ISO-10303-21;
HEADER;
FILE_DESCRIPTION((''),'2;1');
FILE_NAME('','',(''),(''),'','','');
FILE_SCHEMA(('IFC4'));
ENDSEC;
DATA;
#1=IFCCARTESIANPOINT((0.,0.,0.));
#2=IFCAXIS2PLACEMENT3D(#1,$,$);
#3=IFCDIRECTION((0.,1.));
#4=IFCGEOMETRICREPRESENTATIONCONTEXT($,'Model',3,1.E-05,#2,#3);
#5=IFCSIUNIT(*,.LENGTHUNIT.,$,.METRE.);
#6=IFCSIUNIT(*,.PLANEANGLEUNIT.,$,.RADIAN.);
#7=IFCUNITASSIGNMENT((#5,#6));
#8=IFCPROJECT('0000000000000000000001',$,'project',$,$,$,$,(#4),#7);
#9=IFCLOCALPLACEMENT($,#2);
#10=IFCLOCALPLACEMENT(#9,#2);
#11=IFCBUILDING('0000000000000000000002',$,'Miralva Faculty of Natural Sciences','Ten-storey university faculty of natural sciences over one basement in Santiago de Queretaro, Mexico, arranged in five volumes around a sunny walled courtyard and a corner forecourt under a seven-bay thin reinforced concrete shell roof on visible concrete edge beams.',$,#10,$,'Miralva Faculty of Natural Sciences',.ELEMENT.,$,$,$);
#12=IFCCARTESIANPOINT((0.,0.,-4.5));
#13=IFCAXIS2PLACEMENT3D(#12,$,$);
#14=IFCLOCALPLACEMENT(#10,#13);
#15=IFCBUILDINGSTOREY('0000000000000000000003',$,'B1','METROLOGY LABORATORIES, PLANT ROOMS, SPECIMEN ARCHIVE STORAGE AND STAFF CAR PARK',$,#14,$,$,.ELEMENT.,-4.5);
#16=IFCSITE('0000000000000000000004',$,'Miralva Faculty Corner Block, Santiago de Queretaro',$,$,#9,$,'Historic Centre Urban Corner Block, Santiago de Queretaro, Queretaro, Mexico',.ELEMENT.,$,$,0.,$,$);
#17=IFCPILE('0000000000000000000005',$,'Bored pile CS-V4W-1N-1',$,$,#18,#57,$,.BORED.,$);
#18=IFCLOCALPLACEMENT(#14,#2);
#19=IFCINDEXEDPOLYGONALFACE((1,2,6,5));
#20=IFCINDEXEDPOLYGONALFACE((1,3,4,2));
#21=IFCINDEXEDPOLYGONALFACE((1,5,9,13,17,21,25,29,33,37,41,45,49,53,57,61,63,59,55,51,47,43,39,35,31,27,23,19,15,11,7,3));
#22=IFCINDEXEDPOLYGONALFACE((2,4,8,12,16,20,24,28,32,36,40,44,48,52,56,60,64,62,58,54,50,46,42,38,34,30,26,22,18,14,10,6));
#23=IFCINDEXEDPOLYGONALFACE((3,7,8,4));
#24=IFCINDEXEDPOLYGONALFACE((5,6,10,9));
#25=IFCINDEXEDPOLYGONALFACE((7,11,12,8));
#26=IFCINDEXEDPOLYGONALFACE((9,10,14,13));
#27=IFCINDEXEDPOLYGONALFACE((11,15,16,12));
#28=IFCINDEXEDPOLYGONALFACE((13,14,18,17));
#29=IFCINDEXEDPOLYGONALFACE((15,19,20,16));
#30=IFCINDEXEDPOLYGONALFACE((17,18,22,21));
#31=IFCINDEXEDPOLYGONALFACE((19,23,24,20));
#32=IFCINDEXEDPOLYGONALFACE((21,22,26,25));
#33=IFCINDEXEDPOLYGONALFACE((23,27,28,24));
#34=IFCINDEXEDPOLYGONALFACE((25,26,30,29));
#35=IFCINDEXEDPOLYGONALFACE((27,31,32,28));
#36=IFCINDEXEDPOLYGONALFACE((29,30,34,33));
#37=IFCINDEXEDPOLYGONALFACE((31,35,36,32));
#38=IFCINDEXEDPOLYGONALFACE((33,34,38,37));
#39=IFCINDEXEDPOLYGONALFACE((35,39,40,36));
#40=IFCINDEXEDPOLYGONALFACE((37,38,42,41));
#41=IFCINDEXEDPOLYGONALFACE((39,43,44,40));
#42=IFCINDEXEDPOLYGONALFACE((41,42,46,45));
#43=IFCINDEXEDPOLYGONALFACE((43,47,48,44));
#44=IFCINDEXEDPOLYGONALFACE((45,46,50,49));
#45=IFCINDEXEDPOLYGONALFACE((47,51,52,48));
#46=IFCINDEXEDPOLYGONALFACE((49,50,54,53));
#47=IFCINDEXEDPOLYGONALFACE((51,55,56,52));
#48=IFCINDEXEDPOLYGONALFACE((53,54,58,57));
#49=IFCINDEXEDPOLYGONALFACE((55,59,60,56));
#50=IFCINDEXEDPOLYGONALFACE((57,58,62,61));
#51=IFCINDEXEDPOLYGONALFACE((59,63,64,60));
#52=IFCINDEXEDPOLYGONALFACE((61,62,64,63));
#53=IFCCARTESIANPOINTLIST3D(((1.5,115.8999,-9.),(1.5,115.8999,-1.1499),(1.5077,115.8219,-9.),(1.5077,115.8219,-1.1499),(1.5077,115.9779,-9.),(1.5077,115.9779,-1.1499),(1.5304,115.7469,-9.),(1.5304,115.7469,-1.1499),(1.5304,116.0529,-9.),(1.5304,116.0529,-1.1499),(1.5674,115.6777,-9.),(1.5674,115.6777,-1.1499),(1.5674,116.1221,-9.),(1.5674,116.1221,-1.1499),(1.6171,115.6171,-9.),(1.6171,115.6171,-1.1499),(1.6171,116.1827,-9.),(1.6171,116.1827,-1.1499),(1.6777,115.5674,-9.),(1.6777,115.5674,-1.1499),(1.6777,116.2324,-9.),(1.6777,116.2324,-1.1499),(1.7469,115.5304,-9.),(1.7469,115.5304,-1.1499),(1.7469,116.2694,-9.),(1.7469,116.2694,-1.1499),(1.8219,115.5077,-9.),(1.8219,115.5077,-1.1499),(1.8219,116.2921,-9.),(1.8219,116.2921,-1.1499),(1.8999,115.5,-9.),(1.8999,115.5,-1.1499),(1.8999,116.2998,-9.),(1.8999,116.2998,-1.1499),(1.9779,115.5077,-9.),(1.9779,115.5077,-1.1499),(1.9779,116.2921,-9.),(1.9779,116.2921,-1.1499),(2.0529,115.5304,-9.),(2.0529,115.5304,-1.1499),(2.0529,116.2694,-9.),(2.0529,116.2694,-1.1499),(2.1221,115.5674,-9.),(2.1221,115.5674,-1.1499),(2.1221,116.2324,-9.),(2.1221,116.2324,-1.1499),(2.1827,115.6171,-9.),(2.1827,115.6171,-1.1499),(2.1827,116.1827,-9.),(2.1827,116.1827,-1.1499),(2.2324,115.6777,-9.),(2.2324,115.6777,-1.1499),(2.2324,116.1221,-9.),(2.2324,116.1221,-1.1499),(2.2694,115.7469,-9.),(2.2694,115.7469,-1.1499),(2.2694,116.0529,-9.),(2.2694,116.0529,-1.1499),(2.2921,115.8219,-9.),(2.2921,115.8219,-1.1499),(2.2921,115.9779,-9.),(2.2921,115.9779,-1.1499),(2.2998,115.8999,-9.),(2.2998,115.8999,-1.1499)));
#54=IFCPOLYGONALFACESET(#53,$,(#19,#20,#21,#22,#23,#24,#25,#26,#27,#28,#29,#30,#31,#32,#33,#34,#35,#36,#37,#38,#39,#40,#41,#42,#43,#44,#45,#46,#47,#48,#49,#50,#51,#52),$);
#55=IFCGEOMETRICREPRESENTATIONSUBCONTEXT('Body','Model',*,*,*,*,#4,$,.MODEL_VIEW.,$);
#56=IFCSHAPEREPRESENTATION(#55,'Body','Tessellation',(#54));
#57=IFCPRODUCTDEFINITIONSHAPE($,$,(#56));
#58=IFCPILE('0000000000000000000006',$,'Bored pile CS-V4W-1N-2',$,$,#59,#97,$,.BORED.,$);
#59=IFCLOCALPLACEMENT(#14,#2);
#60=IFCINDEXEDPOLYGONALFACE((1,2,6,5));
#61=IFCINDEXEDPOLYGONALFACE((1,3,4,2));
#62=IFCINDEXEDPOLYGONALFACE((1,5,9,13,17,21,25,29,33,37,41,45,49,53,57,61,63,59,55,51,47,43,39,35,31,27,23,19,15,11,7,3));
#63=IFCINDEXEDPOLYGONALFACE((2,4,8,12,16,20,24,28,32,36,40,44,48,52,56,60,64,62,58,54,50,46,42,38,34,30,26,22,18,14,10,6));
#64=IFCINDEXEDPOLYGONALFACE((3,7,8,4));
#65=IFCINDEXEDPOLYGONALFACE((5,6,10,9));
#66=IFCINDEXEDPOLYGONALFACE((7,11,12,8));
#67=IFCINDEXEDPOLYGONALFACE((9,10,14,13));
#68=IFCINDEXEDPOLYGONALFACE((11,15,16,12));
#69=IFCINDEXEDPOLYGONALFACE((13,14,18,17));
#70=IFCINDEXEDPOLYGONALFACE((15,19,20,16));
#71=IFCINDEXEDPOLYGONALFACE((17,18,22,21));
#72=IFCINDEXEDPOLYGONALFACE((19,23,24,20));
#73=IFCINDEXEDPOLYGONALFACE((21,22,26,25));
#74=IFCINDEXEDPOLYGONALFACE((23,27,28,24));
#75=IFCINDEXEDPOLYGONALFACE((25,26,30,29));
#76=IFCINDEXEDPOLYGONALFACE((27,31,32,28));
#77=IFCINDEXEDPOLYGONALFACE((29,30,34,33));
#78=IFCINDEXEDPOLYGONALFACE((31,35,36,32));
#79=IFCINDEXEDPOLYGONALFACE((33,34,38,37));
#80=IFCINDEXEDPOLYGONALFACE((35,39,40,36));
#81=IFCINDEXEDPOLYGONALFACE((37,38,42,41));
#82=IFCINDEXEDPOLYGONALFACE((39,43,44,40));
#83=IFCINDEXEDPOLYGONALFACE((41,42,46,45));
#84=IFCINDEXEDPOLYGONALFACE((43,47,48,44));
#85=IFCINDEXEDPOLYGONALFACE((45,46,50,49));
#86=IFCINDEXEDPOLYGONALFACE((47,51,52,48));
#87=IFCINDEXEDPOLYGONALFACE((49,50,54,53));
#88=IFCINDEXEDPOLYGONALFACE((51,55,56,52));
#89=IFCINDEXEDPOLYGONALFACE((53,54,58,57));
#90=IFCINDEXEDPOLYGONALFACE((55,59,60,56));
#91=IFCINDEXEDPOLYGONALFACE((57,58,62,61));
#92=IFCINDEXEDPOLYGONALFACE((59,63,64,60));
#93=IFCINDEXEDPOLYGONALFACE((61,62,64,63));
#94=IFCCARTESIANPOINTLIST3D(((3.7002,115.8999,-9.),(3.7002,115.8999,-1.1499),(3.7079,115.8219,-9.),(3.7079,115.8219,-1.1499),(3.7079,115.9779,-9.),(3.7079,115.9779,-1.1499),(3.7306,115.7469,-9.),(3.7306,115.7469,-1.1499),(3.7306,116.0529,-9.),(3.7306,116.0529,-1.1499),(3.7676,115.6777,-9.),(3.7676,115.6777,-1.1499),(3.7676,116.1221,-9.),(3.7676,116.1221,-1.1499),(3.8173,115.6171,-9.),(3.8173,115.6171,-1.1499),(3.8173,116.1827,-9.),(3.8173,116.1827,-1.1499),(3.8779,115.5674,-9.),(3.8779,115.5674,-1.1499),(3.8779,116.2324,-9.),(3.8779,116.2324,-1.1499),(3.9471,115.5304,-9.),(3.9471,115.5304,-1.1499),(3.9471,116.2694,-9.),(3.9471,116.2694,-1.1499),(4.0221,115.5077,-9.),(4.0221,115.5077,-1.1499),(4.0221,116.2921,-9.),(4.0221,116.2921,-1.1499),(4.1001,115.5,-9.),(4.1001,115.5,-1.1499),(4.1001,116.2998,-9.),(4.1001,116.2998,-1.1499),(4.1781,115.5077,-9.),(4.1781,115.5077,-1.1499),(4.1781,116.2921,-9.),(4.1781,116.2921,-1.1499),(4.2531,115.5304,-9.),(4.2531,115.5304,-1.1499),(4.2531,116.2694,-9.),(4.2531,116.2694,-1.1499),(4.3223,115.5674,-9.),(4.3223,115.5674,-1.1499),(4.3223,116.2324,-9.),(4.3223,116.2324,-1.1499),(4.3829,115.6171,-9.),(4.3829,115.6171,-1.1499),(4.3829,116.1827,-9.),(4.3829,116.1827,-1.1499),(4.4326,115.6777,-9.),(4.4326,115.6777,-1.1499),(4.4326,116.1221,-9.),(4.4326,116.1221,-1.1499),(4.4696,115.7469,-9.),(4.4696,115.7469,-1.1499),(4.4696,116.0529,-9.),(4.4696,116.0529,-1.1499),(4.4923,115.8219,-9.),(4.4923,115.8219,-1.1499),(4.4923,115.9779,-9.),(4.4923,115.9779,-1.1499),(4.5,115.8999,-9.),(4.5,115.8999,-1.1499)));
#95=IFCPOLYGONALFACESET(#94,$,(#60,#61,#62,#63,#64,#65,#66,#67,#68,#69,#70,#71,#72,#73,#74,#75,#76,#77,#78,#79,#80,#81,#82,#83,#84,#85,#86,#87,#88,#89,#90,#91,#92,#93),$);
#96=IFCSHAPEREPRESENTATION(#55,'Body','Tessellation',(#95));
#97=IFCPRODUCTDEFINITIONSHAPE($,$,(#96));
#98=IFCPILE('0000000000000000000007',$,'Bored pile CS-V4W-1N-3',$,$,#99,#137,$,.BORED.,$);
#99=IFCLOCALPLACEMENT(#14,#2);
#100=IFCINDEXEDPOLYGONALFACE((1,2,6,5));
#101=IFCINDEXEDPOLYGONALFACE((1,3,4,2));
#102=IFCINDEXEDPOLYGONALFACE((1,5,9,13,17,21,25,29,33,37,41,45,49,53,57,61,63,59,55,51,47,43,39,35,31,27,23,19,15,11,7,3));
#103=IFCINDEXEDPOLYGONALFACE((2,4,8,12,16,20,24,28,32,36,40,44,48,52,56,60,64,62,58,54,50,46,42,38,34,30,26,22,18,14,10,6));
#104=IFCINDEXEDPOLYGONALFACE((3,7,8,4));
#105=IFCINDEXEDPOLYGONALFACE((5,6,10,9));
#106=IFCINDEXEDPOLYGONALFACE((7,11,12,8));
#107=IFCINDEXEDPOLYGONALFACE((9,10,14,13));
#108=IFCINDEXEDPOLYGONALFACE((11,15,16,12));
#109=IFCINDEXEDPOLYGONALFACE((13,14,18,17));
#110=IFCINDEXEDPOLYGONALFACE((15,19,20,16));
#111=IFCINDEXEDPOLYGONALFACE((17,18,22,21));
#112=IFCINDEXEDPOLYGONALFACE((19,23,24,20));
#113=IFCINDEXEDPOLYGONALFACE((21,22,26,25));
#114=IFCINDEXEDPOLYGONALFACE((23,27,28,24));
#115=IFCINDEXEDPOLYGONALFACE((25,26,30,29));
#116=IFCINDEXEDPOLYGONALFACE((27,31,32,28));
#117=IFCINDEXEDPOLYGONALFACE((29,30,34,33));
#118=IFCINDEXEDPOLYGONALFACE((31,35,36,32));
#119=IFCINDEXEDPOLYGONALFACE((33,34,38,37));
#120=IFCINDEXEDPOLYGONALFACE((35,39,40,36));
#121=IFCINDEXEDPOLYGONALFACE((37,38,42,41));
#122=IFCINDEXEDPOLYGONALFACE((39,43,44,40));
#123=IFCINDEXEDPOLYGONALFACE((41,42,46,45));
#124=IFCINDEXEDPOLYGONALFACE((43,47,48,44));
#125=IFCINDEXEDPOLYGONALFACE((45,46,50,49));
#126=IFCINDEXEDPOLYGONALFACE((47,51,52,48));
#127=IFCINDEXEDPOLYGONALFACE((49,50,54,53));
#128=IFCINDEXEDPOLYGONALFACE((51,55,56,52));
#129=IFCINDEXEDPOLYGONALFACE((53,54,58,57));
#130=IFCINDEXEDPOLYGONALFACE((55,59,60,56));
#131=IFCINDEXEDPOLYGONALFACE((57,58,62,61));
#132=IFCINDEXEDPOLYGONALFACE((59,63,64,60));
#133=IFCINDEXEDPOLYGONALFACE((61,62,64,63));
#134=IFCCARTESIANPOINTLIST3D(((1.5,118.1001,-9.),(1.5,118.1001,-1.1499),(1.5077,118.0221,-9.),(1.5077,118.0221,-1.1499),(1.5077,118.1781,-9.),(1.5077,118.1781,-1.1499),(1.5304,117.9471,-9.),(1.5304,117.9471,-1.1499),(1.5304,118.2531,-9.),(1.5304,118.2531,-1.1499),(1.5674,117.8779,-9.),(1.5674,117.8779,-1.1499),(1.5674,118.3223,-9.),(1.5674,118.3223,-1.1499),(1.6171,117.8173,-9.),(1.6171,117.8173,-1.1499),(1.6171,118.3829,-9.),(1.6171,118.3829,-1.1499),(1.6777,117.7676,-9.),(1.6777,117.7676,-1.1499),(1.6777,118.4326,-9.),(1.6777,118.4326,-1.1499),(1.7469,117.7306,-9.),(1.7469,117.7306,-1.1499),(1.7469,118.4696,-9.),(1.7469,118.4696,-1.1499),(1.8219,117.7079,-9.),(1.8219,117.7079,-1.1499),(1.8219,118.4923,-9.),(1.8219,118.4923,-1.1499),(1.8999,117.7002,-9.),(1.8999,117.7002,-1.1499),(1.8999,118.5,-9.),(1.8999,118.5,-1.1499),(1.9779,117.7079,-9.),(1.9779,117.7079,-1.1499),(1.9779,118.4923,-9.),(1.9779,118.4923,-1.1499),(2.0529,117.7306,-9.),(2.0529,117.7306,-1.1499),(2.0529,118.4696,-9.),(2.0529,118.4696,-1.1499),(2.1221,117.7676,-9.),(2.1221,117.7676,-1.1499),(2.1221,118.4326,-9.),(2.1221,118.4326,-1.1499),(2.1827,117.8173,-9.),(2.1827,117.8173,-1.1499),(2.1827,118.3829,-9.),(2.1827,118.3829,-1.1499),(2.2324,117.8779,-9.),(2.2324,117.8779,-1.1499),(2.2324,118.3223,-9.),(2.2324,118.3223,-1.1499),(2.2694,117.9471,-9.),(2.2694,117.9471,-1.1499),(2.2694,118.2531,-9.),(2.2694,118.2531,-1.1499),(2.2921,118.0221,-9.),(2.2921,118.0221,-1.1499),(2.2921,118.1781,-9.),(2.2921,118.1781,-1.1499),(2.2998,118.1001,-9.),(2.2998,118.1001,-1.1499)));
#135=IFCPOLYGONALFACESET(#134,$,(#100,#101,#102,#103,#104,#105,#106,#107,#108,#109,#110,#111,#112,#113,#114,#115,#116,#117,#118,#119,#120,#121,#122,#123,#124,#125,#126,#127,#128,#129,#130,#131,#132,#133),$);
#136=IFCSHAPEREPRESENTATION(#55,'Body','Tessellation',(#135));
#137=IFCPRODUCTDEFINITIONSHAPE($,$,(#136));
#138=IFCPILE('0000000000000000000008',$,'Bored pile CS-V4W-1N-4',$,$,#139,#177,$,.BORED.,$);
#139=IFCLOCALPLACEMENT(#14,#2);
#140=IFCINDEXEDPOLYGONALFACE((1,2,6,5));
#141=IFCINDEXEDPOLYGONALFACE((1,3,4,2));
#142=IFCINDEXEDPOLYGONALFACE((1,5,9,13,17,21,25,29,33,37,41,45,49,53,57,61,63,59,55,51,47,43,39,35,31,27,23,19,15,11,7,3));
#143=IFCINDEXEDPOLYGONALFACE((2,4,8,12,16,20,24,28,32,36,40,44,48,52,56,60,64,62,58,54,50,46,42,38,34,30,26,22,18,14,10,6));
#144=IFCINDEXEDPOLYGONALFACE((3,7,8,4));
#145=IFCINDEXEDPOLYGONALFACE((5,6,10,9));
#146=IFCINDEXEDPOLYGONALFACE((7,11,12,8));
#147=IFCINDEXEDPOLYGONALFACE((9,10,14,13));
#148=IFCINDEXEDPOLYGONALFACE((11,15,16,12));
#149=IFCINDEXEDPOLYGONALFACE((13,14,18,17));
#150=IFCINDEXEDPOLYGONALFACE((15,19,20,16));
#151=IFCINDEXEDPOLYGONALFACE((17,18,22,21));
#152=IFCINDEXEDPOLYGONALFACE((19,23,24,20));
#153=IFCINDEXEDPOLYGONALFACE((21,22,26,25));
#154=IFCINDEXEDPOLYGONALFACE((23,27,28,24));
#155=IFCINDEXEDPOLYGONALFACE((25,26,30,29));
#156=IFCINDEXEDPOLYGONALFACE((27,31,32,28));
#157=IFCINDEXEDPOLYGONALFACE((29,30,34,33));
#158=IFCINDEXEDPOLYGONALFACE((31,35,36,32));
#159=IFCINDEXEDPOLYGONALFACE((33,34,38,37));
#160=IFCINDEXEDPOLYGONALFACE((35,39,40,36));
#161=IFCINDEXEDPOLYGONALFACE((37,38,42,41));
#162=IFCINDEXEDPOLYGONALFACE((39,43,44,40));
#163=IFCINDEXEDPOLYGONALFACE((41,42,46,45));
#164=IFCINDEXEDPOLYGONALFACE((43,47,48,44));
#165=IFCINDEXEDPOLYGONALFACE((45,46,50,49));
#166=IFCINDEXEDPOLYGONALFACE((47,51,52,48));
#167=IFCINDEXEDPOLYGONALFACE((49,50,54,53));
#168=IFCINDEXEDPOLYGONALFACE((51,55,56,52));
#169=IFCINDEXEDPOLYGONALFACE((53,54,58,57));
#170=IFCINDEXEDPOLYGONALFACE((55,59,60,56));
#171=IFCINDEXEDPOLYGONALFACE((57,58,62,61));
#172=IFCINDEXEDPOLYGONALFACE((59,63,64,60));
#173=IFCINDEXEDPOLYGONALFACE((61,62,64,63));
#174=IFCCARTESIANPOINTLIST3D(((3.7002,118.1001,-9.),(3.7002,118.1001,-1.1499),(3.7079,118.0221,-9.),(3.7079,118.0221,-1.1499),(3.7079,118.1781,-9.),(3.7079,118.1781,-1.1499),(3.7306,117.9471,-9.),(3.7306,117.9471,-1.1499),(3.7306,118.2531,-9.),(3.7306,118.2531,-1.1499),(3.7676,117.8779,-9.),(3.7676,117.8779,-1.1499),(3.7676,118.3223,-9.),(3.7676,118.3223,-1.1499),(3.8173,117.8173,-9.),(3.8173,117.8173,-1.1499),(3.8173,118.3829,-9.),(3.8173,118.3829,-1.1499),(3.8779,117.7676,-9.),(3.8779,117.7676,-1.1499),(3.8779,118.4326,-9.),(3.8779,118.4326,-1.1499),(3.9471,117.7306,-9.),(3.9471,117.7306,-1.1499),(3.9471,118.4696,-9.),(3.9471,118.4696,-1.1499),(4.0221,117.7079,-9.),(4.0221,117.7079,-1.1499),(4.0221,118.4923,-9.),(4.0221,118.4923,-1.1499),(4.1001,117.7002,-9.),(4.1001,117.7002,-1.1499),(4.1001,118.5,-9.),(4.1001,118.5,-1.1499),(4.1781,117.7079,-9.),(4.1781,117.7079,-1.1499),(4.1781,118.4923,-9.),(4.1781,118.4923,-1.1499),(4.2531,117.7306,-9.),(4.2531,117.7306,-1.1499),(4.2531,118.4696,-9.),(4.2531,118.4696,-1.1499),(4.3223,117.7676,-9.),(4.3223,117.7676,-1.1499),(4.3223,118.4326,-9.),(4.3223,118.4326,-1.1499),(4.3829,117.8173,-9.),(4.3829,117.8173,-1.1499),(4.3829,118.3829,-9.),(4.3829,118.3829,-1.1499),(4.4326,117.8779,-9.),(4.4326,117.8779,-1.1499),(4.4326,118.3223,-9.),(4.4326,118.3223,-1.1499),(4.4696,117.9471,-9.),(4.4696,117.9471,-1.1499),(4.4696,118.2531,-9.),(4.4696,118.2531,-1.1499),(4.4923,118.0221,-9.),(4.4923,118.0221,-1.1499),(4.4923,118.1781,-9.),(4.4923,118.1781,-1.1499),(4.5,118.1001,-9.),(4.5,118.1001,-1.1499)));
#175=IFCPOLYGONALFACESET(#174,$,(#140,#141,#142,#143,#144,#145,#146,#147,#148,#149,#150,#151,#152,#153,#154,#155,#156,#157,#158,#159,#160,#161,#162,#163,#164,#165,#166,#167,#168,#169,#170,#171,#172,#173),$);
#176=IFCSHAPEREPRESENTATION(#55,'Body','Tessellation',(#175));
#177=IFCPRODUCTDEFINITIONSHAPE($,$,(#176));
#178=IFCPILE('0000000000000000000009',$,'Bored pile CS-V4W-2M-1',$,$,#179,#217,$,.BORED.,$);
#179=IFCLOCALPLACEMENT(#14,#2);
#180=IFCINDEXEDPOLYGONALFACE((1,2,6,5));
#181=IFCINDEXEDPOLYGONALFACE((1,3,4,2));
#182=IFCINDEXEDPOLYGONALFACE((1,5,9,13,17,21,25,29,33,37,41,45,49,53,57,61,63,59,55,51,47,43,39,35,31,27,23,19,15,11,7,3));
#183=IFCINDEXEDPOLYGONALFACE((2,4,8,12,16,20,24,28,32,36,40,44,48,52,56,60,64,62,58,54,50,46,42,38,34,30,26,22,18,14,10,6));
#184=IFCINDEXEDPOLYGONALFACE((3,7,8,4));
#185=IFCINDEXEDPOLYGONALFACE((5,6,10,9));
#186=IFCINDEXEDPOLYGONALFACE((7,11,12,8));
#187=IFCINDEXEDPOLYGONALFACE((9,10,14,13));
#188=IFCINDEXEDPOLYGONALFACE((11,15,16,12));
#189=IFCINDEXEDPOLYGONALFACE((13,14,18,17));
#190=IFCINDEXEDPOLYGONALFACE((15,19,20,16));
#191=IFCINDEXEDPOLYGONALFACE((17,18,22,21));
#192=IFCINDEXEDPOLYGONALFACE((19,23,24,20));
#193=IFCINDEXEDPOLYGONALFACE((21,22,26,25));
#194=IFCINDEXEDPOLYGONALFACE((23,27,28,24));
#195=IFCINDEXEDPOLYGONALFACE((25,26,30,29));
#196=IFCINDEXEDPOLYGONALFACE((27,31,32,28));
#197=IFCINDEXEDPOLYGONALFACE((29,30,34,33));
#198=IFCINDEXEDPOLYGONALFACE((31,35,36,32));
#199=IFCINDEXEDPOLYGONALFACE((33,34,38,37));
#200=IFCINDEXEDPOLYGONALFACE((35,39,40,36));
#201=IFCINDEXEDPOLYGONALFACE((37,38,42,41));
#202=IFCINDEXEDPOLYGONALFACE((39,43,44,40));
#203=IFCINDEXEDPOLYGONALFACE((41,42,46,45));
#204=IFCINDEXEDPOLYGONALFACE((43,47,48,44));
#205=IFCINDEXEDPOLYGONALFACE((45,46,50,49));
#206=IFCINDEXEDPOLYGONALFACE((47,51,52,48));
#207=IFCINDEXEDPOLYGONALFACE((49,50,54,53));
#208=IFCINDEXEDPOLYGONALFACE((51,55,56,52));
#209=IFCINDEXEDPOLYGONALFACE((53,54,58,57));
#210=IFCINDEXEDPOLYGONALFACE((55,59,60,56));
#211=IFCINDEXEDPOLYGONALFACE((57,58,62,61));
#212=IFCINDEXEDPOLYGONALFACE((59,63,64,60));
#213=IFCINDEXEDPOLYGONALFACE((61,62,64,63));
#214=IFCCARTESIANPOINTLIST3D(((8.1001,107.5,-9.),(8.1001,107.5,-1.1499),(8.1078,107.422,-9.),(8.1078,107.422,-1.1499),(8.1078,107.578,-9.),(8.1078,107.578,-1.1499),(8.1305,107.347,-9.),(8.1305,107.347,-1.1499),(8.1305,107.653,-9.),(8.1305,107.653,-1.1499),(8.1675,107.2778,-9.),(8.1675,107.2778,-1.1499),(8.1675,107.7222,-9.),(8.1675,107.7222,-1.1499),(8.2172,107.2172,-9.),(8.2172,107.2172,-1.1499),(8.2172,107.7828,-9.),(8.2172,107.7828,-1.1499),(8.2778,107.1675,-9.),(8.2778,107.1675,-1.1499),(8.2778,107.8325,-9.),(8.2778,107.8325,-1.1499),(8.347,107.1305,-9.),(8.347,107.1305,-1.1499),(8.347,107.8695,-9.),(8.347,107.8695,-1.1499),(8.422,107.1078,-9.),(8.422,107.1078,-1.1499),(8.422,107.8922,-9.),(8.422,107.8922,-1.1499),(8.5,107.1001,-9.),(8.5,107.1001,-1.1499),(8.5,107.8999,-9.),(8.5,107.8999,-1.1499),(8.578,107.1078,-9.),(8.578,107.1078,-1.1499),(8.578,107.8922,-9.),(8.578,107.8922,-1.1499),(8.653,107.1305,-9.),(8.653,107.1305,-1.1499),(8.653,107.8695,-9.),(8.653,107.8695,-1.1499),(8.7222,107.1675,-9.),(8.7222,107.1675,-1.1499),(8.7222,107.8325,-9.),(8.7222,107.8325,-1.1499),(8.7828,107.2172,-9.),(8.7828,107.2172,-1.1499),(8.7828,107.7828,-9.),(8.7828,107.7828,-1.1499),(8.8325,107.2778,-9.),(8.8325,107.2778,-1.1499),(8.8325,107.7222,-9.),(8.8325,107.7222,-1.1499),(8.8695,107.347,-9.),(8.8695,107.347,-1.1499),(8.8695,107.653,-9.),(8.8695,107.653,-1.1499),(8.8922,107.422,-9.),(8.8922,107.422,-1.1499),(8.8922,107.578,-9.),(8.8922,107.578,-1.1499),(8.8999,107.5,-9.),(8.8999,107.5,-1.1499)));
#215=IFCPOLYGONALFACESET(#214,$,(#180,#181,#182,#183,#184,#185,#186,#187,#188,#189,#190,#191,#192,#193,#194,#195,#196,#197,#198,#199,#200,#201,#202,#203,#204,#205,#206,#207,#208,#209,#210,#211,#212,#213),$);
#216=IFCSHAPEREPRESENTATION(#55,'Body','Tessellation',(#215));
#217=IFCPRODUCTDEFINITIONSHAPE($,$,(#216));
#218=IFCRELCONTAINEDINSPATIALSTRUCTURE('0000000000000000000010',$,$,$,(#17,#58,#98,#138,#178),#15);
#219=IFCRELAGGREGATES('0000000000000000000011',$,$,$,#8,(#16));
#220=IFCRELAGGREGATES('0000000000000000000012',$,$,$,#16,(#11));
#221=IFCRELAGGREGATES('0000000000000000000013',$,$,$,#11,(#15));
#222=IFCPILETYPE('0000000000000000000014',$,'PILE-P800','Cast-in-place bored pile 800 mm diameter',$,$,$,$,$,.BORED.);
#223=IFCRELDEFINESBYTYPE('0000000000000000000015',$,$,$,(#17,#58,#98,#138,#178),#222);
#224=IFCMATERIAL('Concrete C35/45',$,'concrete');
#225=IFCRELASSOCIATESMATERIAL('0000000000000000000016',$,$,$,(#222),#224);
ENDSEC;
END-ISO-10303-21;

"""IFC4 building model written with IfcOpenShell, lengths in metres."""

from ifc_helpers import new_model, si_unit, direction, frame, origin, origin_2d, place, context, subcontext, project, spatial, circle, extrude, material, material_profile, profile_set, type_object, element, save


model = new_model("IFC4")

# Units and contexts
model_context = context("Model", 3, precision=1e-05, world=origin(), true_north=direction((0.0, 1.0)))
body_context = subcontext(model_context, "Body", "Model", "MODEL_VIEW")
ifc_project = project(units=[si_unit("LENGTHUNIT", "METRE"), si_unit("PLANEANGLEUNIT", "RADIAN")], contexts=[model_context])

# Site, building, storey
site_placement = place(None, origin())
site = spatial("IfcSite", under=ifc_project, at=site_placement, Name="Miralva Faculty Corner Block, Santiago de Queretaro", LongName="Historic Centre Urban Corner Block, Santiago de Queretaro, Queretaro, Mexico", CompositionType="ELEMENT", RefElevation=0.0)
building_placement = place(site_placement, origin())
building = spatial("IfcBuilding", under=site, at=building_placement, Name="Miralva Faculty of Natural Sciences", Description="Ten-storey university faculty of natural sciences over one basement in Santiago de Queretaro, Mexico, arranged in five volumes around a sunny walled courtyard and a corner forecourt under a seven-bay thin reinforced concrete shell roof on visible concrete edge beams.", LongName="Miralva Faculty of Natural Sciences", CompositionType="ELEMENT")
storey_placement = place(building_placement, frame((0.0, 0.0, -4.5)))
storey = spatial("IfcBuildingStorey", under=building, at=storey_placement, Name="B1", Description="METROLOGY LABORATORIES, PLANT ROOMS, SPECIMEN ARCHIVE STORAGE AND STAFF CAR PARK", CompositionType="ELEMENT", Elevation=-4.5)

# Shared definitions
ifc_material_1 = material(Name="Concrete C35/45", Category="concrete")

# Piles
ifc_material_profile_1 = material_profile(ifc_material_1, circle(Radius=0.3999, at=origin_2d()), Name="BORED PILE 800")
ifc_profile_set_1 = profile_set([ifc_material_profile_1], Name="Concrete C35/45")
pile_type = type_object("IfcPileType", Name="PILE-P800", Description="Cast-in-place bored pile 800 mm diameter", PredefinedType="BORED", material=ifc_profile_set_1)
for number, where, z_axis, x_axis, name in (
    (1, (1.8999, 115.8999, -1.1499), (0.0, 0.0, -1.0), (1.0, 0.0, 0.0), "Bored pile CS-V4W-1N-1"),
    (2, (4.1001, 115.8999, -1.1499), (0.0, 0.0, -1.0), (1.0, 0.0, 0.0), "Bored pile CS-V4W-1N-2"),
    (3, (1.8999, 118.1001, -1.1499), (0.0, 0.0, -1.0), (1.0, 0.0, 0.0), "Bored pile CS-V4W-1N-3"),
    (4, (4.1001, 118.1001, -1.1499), (0.0, 0.0, -1.0), (1.0, 0.0, 0.0), "Bored pile CS-V4W-1N-4"),
    (5, (8.5, 107.5, -1.1499), (0.0, 0.0, -1.0), (1.0, 0.0, 0.0), "Bored pile CS-V4W-2M-1"),
):
    element("IfcPile", number, at=place(storey_placement, frame(where, z_axis=z_axis, x_axis=x_axis)), inside=storey, type_object=pile_type, Name=name, PredefinedType="BORED", context=body_context, shape_type="SweptSolid", body=[
        extrude(circle(Radius=0.3999, at=origin_2d()), origin(), (0.0, 0.0, 1.0), 7.8501),
    ])

save(model, "model.ifc")
